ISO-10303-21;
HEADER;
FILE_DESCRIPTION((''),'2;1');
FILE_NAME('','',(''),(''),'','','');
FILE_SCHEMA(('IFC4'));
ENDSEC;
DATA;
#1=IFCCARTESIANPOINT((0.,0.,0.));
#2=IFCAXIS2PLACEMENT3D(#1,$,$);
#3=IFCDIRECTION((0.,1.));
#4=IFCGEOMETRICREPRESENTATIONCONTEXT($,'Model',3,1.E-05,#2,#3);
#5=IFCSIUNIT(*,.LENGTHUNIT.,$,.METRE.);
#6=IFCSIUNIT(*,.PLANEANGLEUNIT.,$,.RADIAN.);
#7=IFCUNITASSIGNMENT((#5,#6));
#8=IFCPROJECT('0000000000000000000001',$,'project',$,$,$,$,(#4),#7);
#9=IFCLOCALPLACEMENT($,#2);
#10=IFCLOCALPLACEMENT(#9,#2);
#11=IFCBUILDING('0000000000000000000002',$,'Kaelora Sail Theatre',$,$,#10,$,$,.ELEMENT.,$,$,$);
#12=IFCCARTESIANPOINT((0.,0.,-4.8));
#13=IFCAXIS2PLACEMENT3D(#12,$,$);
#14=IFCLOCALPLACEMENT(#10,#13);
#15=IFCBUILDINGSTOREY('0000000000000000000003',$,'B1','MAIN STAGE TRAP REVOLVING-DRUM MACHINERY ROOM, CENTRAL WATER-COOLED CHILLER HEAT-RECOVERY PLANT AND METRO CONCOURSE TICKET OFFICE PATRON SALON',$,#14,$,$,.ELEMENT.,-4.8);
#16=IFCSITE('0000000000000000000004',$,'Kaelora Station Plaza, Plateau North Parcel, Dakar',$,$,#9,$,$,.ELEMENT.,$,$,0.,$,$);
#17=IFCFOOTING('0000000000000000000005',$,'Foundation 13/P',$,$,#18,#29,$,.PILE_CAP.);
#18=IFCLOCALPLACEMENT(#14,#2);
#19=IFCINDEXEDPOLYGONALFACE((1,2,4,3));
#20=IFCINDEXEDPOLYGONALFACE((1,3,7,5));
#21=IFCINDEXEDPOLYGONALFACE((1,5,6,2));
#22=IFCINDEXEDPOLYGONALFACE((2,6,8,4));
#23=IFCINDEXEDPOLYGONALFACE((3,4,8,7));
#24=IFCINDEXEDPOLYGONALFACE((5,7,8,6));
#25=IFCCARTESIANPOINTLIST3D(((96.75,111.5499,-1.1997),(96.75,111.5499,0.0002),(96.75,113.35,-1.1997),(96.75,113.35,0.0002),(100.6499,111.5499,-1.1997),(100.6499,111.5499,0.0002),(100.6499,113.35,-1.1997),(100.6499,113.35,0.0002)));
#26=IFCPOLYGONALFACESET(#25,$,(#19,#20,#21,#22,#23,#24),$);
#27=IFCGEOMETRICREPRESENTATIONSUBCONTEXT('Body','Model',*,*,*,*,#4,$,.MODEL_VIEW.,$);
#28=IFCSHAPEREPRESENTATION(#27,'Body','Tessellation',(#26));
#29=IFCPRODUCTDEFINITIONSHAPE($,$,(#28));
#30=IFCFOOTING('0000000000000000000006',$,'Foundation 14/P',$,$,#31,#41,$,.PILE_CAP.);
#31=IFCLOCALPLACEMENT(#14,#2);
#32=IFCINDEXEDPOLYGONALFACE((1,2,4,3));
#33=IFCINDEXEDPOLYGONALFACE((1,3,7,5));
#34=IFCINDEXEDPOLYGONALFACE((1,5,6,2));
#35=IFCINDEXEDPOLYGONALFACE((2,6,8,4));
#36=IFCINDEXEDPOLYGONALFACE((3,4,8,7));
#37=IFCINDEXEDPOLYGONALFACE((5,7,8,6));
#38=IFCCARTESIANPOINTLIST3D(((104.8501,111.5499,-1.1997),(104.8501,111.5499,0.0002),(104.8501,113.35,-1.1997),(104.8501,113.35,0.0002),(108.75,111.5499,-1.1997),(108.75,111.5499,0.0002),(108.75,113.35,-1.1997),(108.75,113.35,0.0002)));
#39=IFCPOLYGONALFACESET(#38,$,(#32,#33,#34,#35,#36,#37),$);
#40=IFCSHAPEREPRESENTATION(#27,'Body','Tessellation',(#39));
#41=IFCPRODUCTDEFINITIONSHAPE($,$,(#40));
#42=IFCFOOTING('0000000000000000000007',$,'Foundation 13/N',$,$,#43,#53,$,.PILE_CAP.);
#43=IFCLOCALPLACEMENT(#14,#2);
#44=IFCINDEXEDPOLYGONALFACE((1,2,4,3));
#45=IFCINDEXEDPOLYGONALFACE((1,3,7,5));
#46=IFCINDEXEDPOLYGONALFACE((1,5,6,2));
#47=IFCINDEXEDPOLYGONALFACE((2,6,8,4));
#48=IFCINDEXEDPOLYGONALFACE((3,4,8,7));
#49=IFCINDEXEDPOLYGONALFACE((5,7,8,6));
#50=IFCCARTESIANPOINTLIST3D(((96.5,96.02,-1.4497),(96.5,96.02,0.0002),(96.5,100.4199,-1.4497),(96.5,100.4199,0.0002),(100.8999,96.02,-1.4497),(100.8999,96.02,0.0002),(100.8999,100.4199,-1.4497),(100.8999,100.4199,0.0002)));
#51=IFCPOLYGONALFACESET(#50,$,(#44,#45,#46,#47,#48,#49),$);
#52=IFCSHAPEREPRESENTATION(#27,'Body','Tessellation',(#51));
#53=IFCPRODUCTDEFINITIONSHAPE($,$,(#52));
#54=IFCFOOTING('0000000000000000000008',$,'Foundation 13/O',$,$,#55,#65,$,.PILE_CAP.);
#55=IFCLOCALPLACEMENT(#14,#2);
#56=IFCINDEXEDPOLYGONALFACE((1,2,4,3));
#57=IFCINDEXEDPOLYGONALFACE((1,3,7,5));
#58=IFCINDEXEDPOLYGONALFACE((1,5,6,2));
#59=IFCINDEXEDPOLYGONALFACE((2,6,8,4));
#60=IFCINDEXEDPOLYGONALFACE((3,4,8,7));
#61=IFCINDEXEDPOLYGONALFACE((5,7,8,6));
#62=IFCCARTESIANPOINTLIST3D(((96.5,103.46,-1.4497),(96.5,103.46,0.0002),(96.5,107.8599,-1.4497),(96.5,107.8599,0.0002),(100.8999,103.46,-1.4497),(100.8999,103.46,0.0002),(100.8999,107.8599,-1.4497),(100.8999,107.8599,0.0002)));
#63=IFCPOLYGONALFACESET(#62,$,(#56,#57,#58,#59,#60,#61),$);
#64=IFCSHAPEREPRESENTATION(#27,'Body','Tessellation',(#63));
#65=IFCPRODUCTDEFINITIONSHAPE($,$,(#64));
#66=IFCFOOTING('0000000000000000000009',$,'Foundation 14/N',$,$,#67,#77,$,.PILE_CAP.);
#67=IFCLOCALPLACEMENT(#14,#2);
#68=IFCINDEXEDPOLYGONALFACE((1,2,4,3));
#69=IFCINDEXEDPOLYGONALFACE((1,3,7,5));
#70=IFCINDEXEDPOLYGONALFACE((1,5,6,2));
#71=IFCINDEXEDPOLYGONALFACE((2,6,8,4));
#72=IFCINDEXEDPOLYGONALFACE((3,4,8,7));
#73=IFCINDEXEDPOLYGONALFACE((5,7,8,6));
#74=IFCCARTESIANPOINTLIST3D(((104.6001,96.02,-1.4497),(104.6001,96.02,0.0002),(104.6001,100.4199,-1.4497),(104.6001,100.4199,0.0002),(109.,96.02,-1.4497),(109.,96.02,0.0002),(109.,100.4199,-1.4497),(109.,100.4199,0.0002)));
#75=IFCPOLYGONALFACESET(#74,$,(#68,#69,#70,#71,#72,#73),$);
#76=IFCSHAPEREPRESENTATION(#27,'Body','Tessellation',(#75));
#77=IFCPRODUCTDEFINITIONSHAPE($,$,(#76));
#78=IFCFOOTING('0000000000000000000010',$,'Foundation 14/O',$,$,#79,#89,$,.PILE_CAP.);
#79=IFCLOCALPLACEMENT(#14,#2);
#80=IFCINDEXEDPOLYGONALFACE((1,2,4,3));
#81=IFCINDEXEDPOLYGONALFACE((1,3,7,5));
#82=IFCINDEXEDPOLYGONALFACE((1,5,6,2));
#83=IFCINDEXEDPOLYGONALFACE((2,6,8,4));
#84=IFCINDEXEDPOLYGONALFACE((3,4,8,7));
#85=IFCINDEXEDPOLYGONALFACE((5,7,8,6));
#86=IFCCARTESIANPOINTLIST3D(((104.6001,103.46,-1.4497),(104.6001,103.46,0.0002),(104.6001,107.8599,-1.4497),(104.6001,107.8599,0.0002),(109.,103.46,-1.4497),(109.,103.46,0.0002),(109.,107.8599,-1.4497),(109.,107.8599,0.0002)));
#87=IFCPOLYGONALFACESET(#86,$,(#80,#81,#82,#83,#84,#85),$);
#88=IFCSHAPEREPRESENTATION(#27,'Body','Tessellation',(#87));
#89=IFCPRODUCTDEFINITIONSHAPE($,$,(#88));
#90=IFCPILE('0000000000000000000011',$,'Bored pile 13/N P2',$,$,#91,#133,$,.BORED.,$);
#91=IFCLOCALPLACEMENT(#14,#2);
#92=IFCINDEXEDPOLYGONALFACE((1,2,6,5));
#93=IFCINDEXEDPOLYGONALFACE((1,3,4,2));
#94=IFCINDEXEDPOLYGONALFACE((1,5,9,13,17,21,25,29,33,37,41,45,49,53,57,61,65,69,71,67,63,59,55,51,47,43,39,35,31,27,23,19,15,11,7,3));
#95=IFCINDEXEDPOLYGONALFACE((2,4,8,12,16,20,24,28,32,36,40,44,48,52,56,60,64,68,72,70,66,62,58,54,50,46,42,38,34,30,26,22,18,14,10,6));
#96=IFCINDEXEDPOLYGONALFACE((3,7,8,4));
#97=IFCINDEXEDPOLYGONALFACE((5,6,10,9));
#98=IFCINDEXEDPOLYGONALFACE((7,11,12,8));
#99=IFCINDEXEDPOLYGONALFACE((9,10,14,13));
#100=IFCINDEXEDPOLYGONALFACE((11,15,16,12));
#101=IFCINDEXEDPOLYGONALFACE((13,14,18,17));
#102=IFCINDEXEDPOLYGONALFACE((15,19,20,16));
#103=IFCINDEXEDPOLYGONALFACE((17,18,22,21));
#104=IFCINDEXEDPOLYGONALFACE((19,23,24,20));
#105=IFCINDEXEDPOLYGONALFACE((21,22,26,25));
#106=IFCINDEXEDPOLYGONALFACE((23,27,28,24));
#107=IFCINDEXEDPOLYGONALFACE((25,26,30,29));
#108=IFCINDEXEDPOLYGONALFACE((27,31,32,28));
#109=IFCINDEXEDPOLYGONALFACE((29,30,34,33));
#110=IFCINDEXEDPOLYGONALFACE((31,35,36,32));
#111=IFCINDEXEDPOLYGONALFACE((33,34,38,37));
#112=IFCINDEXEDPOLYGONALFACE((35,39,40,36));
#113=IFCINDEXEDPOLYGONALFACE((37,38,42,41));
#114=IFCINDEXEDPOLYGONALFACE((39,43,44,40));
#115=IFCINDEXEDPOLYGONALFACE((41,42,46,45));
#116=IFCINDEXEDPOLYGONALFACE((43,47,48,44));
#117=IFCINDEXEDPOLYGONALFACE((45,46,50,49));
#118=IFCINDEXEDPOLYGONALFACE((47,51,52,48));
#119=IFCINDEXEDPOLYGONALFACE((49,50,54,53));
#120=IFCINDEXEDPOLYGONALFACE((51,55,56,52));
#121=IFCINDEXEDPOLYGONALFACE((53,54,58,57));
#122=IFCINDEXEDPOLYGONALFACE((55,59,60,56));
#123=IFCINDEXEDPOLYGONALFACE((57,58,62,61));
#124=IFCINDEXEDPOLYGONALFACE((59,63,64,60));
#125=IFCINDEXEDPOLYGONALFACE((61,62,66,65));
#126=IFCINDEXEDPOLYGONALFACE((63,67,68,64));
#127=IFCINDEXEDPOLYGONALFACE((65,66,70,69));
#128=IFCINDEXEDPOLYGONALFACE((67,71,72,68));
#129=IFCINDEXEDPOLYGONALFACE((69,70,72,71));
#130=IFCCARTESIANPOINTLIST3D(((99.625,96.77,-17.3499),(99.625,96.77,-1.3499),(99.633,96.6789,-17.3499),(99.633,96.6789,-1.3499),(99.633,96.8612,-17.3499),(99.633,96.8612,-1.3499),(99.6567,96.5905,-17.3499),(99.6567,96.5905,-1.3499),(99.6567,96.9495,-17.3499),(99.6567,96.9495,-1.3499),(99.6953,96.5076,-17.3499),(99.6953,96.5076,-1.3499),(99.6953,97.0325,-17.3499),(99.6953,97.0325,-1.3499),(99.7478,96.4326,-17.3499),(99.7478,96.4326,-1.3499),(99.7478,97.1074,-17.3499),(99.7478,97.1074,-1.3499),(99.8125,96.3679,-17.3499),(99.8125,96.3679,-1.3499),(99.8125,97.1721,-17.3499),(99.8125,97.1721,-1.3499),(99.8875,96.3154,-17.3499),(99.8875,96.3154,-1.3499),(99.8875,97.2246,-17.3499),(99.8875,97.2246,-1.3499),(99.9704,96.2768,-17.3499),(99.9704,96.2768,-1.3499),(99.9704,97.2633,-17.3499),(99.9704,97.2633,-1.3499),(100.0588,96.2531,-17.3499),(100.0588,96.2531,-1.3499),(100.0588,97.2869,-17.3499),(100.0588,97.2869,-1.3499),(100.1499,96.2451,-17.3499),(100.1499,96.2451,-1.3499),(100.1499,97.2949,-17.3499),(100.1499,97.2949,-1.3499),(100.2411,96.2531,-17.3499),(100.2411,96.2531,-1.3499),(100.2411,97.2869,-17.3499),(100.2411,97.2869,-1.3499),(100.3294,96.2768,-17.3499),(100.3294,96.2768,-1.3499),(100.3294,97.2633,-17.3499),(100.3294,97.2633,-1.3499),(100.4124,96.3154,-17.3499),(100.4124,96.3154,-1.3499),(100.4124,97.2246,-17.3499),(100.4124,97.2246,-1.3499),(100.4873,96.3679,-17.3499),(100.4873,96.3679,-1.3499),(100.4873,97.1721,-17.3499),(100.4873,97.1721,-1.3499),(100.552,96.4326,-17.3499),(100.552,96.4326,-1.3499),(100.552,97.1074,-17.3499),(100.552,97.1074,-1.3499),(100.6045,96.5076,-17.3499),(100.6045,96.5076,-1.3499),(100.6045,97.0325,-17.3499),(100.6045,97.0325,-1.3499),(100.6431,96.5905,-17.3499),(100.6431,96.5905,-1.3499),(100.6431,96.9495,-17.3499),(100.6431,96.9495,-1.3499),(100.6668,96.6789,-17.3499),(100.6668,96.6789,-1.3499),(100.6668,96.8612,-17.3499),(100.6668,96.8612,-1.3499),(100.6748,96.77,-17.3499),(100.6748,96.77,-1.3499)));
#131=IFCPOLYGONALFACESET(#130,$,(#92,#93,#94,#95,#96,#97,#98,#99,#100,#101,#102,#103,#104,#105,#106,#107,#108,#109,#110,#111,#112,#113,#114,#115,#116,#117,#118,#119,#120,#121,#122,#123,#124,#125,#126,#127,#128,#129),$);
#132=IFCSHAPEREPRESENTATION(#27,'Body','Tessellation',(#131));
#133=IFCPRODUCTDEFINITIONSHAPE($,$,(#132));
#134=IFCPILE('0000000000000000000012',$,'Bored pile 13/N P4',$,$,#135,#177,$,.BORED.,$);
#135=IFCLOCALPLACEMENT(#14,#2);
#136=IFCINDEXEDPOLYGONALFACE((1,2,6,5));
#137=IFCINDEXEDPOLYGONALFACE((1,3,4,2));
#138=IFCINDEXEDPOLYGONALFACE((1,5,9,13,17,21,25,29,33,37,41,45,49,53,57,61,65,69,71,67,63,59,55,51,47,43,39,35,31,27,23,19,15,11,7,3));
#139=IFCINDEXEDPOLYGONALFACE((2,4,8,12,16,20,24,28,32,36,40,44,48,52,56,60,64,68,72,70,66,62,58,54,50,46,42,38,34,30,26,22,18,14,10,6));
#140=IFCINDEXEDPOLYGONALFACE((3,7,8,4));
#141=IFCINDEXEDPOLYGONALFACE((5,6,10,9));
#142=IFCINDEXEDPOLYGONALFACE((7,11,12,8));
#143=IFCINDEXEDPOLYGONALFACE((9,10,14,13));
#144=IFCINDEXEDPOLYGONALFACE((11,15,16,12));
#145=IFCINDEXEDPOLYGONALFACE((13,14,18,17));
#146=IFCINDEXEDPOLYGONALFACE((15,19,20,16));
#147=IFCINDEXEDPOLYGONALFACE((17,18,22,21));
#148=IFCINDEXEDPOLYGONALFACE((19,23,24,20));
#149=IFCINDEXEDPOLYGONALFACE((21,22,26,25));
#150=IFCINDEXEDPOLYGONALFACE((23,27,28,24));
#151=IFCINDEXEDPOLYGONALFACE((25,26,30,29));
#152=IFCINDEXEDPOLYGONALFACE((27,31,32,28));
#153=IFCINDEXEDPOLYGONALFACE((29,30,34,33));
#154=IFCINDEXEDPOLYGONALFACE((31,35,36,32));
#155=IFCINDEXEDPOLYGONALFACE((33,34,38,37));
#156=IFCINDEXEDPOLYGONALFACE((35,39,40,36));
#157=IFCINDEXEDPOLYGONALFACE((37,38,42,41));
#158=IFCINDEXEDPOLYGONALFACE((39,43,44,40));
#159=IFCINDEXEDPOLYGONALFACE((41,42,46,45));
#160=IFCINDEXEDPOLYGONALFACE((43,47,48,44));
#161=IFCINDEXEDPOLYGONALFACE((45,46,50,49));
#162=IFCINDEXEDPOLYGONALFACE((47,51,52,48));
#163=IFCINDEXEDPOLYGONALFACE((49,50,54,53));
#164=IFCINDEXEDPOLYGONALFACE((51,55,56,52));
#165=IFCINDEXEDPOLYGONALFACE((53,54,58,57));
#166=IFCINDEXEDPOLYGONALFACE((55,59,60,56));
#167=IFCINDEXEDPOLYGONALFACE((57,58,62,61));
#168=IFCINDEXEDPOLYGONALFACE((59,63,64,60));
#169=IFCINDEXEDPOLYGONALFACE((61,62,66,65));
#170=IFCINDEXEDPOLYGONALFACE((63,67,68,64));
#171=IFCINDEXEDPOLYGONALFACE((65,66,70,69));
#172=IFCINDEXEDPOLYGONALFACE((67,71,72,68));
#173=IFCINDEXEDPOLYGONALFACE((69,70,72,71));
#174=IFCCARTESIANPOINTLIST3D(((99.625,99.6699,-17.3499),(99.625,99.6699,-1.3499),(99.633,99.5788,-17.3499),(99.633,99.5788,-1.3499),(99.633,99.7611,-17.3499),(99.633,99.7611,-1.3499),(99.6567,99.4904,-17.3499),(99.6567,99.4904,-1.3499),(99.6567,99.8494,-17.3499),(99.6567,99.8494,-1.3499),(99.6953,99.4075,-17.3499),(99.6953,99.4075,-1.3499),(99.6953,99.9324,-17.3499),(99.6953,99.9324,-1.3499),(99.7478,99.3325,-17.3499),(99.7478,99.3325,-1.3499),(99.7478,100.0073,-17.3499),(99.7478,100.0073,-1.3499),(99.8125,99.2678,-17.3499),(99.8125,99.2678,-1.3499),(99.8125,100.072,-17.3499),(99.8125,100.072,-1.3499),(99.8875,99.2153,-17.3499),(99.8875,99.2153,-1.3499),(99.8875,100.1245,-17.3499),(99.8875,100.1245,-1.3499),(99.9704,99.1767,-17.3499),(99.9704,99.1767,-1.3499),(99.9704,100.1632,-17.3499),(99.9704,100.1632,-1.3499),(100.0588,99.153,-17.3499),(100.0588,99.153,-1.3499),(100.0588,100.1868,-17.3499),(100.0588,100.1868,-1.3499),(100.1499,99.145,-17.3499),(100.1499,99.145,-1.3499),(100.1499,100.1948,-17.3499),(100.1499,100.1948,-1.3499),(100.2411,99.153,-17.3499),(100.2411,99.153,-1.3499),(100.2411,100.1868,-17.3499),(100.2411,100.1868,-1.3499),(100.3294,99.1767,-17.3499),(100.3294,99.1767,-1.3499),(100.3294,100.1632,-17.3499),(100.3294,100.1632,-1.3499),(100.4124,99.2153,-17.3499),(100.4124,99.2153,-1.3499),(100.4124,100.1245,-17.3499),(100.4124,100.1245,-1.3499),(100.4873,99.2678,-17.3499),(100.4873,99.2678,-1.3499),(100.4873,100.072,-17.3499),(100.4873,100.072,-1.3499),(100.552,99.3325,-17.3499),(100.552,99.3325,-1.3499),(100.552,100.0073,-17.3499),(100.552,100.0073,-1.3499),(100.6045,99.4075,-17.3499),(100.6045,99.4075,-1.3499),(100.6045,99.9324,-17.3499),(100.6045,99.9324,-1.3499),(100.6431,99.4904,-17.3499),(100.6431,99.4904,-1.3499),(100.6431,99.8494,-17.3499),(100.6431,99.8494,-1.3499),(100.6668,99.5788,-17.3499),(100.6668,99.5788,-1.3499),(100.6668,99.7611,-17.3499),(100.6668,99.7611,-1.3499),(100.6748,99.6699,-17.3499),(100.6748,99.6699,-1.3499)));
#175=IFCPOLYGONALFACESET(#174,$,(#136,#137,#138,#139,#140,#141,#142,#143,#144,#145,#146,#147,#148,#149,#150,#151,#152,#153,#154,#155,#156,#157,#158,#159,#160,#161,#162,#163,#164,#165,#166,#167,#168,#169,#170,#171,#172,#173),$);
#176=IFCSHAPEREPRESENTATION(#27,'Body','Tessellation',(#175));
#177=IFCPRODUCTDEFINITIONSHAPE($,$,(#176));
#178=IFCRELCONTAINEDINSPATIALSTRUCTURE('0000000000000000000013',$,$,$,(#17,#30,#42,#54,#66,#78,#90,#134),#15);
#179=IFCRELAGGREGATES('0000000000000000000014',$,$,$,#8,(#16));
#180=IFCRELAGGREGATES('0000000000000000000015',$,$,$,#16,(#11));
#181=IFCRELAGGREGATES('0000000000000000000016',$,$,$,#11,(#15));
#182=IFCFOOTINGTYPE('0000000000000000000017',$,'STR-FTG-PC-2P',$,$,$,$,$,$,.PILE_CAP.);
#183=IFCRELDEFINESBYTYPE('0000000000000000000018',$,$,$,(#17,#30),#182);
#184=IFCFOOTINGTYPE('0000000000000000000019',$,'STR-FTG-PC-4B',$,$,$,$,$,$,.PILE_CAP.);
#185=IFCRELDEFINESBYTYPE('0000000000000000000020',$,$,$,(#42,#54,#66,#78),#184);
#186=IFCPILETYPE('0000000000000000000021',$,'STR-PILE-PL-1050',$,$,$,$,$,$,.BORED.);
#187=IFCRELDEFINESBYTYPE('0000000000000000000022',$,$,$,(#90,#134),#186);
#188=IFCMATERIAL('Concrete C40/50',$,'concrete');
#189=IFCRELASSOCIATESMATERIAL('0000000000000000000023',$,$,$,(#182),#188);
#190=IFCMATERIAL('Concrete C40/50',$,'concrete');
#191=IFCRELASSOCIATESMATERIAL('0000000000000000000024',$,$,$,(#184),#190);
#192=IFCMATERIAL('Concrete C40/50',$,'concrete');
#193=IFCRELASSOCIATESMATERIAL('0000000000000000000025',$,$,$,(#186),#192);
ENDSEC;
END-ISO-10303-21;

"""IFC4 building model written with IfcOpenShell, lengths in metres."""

from ifc_helpers import new_model, si_unit, direction, frame, origin, origin_2d, place, context, subcontext, project, spatial, rectangle, circle, extrude, material, material_profile, profile_set, type_object, element, save


model = new_model("IFC4")

# Units and contexts
model_context = context("Model", 3, precision=1e-05, world=origin(), true_north=direction((0.0, 1.0)))
body_context = subcontext(model_context, "Body", "Model", "MODEL_VIEW")
ifc_project = project(units=[si_unit("LENGTHUNIT", "METRE"), si_unit("PLANEANGLEUNIT", "RADIAN")], contexts=[model_context])

# Site, building, storey
site_placement = place(None, origin())
site = spatial("IfcSite", under=ifc_project, at=site_placement, Name="Kaelora Station Plaza, Plateau North Parcel, Dakar", CompositionType="ELEMENT", RefElevation=0.0)
building_placement = place(site_placement, origin())
building = spatial("IfcBuilding", under=site, at=building_placement, Name="Kaelora Sail Theatre", CompositionType="ELEMENT")
storey_placement = place(building_placement, frame((0.0, 0.0, -4.8)))
storey = spatial("IfcBuildingStorey", under=building, at=storey_placement, Name="B1", Description="MAIN STAGE TRAP REVOLVING-DRUM MACHINERY ROOM, CENTRAL WATER-COOLED CHILLER HEAT-RECOVERY PLANT AND METRO CONCOURSE TICKET OFFICE PATRON SALON", CompositionType="ELEMENT", Elevation=-4.8)

# Footings
ifc_material_1 = material(Name="Concrete C40/50", Category="concrete")
footing_type_1 = type_object("IfcFootingType", Name="STR-FTG-PC-2P", PredefinedType="PILE_CAP", material=ifc_material_1)
for number, where, z_axis, x_axis, name in (
    (1, (98.7, 112.45, -1.1997), (0.0, 0.0, 1.0), (1.0, 0.0, 0.0), "Foundation 13/P"),
    (2, (106.8, 112.45, -1.1997), (0.0, 0.0, 1.0), (1.0, 0.0, 0.0), "Foundation 14/P"),
):
    element("IfcFooting", number, at=place(storey_placement, frame(where, z_axis=z_axis, x_axis=x_axis)), inside=storey, type_object=footing_type_1, Name=name, PredefinedType="PILE_CAP", context=body_context, shape_type="SweptSolid", body=[
        extrude(rectangle(XDim=3.8999, YDim=1.8, at=origin_2d()), origin(), (0.0, 0.0, 1.0), 1.2),
    ])
ifc_material_2 = material(Name="Concrete C40/50", Category="concrete")
footing_type_2 = type_object("IfcFootingType", Name="STR-FTG-PC-4B", PredefinedType="PILE_CAP", material=ifc_material_2)
for number, where, z_axis, x_axis, name in (
    (3, (98.7, 98.22, -1.4497), (0.0, 0.0, 1.0), (1.0, 0.0, 0.0), "Foundation 13/N"),
    (4, (98.7, 105.6599, -1.4497), (0.0, 0.0, 1.0), (1.0, 0.0, 0.0), "Foundation 13/O"),
    (5, (106.8, 98.22, -1.4497), (0.0, 0.0, 1.0), (1.0, 0.0, 0.0), "Foundation 14/N"),
    (6, (106.8, 105.6599, -1.4497), (0.0, 0.0, 1.0), (1.0, 0.0, 0.0), "Foundation 14/O"),
):
    element("IfcFooting", number, at=place(storey_placement, frame(where, z_axis=z_axis, x_axis=x_axis)), inside=storey, type_object=footing_type_2, Name=name, PredefinedType="PILE_CAP", context=body_context, shape_type="SweptSolid", body=[
        extrude(rectangle(XDim=4.3999, YDim=4.3999, at=origin_2d()), origin(), (0.0, 0.0, 1.0), 1.45),
    ])

# Piles
ifc_material_3 = material(Name="Concrete C40/50", Category="concrete")
ifc_material_profile_1 = material_profile(ifc_material_3, circle(Radius=0.5249, at=origin_2d()), Name="PILE D1050")
ifc_profile_set_1 = profile_set([ifc_material_profile_1], Name="Concrete C40/50")
pile_type_1 = type_object("IfcPileType", Name="STR-PILE-PL-1050", PredefinedType="BORED", material=ifc_profile_set_1)
for number, where, z_axis, x_axis, name in (
    (7, (100.1499, 96.77, -1.3499), (0.0, 0.0, -1.0), (1.0, 0.0, 0.0), "Bored pile 13/N P2"),
    (8, (100.1499, 99.6699, -1.3499), (0.0, 0.0, -1.0), (1.0, 0.0, 0.0), "Bored pile 13/N P4"),
):
    element("IfcPile", number, at=place(storey_placement, frame(where, z_axis=z_axis, x_axis=x_axis)), inside=storey, type_object=pile_type_1, Name=name, PredefinedType="BORED", context=body_context, shape_type="SweptSolid", body=[
        extrude(circle(Radius=0.5249, at=origin_2d()), origin(), (0.0, 0.0, 1.0), 16.0),
    ])

save(model, "model.ifc")
